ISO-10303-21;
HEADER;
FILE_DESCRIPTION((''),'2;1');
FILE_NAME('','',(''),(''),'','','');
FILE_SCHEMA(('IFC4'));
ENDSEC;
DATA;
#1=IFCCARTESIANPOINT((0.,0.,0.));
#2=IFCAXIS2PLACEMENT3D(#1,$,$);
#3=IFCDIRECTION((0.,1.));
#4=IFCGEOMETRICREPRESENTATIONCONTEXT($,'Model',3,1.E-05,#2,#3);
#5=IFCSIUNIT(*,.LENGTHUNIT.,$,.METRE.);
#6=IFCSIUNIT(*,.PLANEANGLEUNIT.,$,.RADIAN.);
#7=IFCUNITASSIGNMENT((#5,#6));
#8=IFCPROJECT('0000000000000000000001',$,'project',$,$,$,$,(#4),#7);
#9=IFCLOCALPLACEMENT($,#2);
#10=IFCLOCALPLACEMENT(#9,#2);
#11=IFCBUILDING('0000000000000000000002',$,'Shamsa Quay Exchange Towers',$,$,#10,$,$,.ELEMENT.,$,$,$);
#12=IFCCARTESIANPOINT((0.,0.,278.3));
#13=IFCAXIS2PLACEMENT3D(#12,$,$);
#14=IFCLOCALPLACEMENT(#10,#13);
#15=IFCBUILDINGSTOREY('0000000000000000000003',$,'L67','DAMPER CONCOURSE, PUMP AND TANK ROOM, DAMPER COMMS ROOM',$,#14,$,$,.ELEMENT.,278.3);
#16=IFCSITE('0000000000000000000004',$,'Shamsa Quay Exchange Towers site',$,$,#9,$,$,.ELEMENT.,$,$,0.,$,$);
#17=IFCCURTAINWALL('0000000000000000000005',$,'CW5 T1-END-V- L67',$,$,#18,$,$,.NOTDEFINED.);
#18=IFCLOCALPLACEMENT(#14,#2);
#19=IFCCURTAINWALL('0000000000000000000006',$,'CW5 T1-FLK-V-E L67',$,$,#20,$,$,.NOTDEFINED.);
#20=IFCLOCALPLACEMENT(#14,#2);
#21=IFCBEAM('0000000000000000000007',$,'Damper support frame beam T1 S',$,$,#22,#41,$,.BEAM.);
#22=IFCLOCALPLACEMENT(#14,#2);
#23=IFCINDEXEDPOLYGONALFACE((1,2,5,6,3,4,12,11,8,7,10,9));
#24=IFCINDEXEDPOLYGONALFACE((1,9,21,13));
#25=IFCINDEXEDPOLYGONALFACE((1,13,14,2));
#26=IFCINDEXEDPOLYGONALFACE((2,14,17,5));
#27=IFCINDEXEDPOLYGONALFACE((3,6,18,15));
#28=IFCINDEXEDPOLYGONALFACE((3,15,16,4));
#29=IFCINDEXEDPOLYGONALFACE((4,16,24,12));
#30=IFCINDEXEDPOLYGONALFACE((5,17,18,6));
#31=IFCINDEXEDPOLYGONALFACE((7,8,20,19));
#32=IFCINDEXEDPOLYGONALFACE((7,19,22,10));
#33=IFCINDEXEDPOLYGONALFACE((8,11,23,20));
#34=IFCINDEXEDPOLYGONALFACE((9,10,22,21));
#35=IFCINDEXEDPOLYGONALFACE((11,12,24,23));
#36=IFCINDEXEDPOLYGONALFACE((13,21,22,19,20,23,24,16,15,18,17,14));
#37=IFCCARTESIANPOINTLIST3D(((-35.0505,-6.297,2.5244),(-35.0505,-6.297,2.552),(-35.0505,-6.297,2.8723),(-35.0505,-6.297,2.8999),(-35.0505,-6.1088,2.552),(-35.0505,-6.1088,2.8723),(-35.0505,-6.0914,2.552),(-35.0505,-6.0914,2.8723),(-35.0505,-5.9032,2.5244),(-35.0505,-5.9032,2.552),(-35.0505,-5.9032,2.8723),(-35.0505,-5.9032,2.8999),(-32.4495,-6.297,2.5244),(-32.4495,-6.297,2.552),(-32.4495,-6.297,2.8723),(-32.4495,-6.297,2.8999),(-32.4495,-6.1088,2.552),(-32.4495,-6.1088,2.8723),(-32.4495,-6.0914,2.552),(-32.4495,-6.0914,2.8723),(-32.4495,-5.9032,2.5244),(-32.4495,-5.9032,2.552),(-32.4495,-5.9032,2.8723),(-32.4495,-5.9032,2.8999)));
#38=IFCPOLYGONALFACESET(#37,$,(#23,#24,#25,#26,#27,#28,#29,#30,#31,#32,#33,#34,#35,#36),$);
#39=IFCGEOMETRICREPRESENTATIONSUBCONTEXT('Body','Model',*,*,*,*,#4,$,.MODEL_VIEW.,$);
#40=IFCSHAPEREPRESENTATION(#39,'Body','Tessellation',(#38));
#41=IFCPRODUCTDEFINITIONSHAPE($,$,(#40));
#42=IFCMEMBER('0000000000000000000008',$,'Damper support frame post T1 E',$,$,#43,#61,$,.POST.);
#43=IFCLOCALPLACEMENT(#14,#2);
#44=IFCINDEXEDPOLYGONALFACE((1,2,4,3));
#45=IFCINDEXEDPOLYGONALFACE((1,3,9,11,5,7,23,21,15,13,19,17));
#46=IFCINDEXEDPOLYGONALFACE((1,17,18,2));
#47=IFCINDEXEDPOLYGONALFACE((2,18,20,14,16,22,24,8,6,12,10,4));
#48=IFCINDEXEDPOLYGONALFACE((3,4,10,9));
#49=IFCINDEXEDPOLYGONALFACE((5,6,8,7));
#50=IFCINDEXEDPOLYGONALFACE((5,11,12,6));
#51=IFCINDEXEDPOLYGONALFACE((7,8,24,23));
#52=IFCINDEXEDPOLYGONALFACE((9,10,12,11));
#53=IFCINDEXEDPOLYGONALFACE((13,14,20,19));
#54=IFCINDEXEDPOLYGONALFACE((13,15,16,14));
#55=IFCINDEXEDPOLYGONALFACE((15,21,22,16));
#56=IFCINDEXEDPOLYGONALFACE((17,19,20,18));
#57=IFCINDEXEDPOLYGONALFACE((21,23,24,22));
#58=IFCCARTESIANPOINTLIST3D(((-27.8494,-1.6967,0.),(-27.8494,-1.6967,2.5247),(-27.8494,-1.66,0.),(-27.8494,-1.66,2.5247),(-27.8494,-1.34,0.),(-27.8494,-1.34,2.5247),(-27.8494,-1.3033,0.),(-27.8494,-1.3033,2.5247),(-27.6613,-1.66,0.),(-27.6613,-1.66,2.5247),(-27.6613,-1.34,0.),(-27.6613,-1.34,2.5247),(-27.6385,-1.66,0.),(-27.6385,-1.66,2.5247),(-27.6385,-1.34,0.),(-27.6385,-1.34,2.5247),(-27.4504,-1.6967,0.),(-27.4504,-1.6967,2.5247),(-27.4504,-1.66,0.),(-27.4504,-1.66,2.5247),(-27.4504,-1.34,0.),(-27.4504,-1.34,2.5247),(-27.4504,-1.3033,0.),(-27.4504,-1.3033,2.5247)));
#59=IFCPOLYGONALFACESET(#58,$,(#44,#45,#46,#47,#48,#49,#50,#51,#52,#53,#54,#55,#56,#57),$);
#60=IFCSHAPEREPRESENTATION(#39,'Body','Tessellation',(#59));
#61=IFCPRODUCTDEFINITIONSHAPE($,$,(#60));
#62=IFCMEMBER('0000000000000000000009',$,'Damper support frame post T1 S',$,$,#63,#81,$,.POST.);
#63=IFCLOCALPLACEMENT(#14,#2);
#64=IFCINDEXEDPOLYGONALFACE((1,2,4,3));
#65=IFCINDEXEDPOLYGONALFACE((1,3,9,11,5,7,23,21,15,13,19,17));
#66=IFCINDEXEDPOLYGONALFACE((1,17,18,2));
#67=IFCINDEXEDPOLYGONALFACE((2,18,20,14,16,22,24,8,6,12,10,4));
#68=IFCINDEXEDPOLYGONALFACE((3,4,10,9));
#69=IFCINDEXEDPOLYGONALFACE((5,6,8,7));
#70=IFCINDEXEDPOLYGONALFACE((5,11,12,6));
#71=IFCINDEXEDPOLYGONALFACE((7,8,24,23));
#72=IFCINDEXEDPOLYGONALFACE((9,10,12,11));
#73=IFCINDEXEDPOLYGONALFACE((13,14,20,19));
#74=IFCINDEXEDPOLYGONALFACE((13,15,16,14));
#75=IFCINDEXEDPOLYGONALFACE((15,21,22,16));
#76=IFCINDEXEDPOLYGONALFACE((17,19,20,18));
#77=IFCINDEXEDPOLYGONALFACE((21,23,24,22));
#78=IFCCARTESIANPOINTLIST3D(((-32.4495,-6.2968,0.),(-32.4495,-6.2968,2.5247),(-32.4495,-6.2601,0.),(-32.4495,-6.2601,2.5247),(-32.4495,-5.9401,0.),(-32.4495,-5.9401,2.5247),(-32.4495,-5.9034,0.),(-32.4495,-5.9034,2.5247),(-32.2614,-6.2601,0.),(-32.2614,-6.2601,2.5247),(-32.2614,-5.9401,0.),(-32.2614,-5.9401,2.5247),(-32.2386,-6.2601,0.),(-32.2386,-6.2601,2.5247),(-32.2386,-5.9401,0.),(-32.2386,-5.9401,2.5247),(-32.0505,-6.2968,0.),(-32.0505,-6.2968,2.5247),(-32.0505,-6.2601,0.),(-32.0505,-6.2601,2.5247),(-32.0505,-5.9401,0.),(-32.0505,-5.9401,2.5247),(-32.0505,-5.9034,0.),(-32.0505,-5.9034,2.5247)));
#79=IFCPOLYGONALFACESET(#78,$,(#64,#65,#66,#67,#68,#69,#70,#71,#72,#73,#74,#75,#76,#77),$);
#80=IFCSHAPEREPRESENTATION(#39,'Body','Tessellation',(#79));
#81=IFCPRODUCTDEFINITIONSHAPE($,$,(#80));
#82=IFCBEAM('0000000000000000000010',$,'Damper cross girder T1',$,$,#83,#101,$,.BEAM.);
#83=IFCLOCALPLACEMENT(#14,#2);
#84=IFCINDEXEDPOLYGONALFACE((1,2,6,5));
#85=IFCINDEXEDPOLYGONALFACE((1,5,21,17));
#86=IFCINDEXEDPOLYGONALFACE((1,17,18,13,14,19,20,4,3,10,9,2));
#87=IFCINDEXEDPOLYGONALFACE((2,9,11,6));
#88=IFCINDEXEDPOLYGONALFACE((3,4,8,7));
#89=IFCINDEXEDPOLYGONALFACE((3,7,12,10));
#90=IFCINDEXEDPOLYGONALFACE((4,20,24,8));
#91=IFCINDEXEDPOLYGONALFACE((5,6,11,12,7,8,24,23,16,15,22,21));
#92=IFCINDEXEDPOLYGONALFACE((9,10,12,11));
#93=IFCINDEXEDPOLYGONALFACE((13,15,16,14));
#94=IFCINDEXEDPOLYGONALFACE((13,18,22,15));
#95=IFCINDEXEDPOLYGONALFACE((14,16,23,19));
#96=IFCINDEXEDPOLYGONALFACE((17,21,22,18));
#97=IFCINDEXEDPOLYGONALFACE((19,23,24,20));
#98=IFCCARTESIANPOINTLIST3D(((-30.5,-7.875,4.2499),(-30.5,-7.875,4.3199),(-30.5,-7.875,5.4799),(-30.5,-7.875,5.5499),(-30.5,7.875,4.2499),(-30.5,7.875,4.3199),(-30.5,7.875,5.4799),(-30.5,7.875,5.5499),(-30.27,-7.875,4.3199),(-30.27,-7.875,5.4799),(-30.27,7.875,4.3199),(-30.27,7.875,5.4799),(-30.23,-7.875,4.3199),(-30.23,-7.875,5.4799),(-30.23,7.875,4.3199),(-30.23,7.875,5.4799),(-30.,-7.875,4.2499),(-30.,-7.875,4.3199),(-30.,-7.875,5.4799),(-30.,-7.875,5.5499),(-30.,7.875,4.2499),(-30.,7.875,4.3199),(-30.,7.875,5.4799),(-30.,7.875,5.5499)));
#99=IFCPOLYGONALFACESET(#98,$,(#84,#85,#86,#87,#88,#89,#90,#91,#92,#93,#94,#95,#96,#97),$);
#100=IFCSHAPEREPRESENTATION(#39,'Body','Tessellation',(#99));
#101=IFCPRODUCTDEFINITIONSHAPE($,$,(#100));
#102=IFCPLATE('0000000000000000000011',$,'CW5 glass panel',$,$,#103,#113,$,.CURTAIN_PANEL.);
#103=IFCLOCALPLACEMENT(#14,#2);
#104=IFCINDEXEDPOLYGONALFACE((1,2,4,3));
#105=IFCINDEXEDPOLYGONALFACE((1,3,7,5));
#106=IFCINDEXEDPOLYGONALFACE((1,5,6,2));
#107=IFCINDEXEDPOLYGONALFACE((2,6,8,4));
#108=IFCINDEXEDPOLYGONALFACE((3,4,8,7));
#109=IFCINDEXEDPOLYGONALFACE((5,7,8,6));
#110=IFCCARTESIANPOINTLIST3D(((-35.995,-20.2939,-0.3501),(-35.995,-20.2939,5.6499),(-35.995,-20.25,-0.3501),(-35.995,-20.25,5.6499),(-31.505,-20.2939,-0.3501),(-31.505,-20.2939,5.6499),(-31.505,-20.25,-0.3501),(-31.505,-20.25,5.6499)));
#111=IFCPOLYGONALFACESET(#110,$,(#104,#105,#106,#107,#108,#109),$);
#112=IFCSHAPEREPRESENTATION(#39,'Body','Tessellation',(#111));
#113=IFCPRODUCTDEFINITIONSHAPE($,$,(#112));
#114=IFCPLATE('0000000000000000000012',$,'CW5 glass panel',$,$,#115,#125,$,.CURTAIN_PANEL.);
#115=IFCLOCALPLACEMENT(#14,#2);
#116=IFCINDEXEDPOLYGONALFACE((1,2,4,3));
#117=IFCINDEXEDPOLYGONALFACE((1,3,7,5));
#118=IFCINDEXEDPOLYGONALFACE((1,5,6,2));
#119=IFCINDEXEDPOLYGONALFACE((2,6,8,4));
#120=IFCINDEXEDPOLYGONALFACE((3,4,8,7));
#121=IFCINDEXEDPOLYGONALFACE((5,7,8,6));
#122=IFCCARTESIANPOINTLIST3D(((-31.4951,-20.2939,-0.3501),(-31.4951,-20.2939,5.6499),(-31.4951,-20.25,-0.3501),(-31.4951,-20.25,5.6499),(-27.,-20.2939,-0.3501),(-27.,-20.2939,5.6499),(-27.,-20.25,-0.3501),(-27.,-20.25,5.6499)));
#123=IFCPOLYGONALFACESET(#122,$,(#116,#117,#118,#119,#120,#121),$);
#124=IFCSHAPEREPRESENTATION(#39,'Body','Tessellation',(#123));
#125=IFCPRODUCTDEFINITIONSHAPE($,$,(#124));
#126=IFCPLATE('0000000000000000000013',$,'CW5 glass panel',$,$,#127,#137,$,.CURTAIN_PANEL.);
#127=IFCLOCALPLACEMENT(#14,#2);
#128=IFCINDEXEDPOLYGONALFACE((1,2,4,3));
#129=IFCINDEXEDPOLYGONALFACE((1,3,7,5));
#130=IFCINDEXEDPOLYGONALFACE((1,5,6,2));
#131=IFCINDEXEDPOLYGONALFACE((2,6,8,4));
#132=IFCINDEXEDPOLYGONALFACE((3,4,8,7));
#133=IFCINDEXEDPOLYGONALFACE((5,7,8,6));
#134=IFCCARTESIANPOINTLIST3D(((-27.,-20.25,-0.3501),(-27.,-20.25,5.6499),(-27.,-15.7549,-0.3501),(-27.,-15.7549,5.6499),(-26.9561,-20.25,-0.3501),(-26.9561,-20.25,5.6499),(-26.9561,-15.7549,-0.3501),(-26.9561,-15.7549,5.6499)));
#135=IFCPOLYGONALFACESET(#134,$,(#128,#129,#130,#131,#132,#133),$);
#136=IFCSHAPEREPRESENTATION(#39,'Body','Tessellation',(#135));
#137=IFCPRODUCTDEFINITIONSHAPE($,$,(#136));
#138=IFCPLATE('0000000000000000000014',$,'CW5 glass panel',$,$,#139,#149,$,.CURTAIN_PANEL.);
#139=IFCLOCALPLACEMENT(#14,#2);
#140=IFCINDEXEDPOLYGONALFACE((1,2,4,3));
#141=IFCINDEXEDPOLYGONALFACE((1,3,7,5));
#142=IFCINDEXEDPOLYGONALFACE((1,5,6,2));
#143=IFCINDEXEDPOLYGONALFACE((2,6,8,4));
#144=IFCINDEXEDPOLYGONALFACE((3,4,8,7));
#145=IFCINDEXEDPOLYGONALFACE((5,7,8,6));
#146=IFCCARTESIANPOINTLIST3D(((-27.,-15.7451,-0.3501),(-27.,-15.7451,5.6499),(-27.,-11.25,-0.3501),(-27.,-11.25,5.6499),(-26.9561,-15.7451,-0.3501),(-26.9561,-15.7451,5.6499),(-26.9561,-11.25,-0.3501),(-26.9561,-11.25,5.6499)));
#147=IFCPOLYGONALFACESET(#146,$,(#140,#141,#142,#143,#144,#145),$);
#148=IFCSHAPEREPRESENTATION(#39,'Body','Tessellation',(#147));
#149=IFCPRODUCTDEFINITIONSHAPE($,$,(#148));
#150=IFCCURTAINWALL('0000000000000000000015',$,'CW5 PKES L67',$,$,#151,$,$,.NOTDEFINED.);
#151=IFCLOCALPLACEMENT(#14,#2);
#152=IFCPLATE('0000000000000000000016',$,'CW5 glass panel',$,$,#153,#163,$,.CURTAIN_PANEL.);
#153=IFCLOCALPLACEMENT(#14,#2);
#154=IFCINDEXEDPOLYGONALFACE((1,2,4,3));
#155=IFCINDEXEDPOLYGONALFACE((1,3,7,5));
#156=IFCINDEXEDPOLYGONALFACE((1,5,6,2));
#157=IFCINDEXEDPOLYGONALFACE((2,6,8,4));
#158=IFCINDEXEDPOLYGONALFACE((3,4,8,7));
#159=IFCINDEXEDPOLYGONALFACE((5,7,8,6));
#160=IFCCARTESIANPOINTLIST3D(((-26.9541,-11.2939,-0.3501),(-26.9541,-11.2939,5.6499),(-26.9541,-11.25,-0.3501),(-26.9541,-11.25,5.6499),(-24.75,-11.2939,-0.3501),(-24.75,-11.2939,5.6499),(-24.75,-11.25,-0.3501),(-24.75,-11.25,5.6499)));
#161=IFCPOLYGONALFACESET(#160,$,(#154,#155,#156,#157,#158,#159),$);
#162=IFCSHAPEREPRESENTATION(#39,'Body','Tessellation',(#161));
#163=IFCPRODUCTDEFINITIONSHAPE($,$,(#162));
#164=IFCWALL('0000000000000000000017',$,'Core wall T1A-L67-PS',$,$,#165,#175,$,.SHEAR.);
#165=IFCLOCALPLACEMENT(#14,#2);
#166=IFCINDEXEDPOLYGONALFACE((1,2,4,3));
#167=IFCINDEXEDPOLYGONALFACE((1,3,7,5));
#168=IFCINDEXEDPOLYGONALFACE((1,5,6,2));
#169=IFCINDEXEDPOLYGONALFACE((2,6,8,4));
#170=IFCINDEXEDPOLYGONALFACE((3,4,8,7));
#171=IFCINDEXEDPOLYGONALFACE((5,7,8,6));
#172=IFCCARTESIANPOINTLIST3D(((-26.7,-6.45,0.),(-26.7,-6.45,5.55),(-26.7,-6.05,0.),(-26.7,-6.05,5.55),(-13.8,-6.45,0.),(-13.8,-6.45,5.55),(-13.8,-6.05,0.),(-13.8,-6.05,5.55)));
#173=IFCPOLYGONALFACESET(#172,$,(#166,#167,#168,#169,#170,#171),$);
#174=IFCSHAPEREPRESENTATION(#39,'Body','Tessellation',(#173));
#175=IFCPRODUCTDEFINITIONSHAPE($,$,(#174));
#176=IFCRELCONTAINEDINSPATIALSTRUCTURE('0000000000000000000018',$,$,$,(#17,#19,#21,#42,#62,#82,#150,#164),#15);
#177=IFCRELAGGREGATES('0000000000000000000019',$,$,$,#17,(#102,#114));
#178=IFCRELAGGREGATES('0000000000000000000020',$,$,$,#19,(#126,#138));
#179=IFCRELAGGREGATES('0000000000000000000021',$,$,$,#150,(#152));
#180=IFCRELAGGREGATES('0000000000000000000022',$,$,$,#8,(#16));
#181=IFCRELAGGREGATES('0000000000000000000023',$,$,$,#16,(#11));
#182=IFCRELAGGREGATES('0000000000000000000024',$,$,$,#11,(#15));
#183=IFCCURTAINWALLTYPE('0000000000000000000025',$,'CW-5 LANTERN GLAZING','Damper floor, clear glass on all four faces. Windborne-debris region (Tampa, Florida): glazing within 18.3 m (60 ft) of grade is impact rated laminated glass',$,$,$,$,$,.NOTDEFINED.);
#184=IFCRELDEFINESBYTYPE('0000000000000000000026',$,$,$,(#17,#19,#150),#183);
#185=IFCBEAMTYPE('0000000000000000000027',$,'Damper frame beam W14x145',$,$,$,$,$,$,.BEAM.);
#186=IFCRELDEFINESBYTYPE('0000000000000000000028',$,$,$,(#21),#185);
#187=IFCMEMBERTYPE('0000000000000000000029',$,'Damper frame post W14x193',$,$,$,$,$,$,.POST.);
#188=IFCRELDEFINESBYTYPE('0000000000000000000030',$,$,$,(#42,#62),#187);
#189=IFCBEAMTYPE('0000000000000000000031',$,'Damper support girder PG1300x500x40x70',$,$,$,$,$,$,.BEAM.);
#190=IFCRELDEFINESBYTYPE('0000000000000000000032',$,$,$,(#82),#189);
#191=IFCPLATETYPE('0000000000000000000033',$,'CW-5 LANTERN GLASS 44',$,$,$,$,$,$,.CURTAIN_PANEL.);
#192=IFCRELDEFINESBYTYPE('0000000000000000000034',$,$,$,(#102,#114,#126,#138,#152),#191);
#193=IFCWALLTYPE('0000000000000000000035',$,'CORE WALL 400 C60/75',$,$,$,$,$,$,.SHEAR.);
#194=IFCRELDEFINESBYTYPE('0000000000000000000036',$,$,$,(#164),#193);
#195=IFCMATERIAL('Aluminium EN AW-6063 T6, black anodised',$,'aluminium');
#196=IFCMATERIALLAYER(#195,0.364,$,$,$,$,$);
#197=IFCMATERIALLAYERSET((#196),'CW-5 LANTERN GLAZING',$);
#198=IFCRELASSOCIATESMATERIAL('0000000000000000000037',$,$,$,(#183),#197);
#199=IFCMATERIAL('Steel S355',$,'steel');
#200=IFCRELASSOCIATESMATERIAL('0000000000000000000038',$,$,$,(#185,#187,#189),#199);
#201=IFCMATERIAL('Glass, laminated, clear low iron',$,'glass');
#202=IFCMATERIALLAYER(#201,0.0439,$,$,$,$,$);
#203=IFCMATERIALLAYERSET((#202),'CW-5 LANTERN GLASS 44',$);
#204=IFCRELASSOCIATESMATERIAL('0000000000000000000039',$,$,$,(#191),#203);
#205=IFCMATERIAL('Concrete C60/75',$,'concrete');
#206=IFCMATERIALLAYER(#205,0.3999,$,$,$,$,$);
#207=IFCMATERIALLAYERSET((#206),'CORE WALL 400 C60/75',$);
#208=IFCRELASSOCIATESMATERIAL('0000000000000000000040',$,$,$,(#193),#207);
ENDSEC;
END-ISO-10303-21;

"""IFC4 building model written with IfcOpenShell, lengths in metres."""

from ifc_helpers import new_model, si_unit, direction, frame, frame_2d, origin, origin_2d, place, context, subcontext, project, spatial, rectangle, i_section, extrude, material, layer, layer_set, material_profile, profile_set, type_object, element, aggregate, save


model = new_model("IFC4")

# Units and contexts
model_context = context("Model", 3, precision=1e-05, world=origin(), true_north=direction((0.0, 1.0)))
body_context = subcontext(model_context, "Body", "Model", "MODEL_VIEW")
ifc_project = project(units=[si_unit("LENGTHUNIT", "METRE"), si_unit("PLANEANGLEUNIT", "RADIAN")], contexts=[model_context])

# Site, building, storey
site_placement = place(None, origin())
site = spatial("IfcSite", under=ifc_project, at=site_placement, Name="Shamsa Quay Exchange Towers site", CompositionType="ELEMENT", RefElevation=0.0)
building_placement = place(site_placement, origin())
building = spatial("IfcBuilding", under=site, at=building_placement, Name="Shamsa Quay Exchange Towers", CompositionType="ELEMENT")
storey_placement = place(building_placement, frame((0.0, 0.0, 278.3)))
storey = spatial("IfcBuildingStorey", under=building, at=storey_placement, Name="L67", Description="DAMPER CONCOURSE, PUMP AND TANK ROOM, DAMPER COMMS ROOM", CompositionType="ELEMENT", Elevation=278.3)

# Curtain walls
ifc_material_1 = material(Name="Aluminium EN AW-6063 T6, black anodised", Category="aluminium")
ifc_layer_1 = layer(ifc_material_1, 0.364)
ifc_layer_set_1 = layer_set([ifc_layer_1], Name="CW-5 LANTERN GLAZING")
curtain_wall_type = type_object("IfcCurtainWallType", Name="CW-5 LANTERN GLAZING", Description="Damper floor, clear glass on all four faces. Windborne-debris region (Tampa, Florida): glazing within 18.3 m (60 ft) of grade is impact rated laminated glass", PredefinedType="NOTDEFINED", material=ifc_layer_set_1)
curtain_wall_1_placement = place(storey_placement, origin())
curtain_wall_1 = element("IfcCurtainWall", 1, at=curtain_wall_1_placement, inside=storey, type_object=curtain_wall_type, Name="CW5 T1-END-V- L67", PredefinedType="NOTDEFINED")
curtain_wall_2_placement = place(storey_placement, origin())
curtain_wall_2 = element("IfcCurtainWall", 2, at=curtain_wall_2_placement, inside=storey, type_object=curtain_wall_type, Name="CW5 T1-FLK-V-E L67", PredefinedType="NOTDEFINED")

# Beam
ifc_material_2 = material(Name="Steel S355", Category="steel")
ifc_material_profile_1 = material_profile(ifc_material_2, i_section(OverallWidth=0.3938, OverallDepth=0.3755, WebThickness=0.0173, FlangeThickness=0.0276, at=origin_2d()), Name="W14x145")
ifc_profile_set_1 = profile_set([ifc_material_profile_1], Name="Steel S355")
beam_type_1 = type_object("IfcBeamType", Name="Damper frame beam W14x145", PredefinedType="BEAM", material=ifc_profile_set_1)
for number, where, z_axis, x_axis, name in (
    (3, (-35.0505, -6.1001, 2.7122), (1.0, 0.0, 0.0), (0.0, 1.0, 0.0), "Damper support frame beam T1 S"),
):
    element("IfcBeam", number, at=place(storey_placement, frame(where, z_axis=z_axis, x_axis=x_axis)), inside=storey, type_object=beam_type_1, Name=name, PredefinedType="BEAM", context=body_context, shape_type="SweptSolid", body=[
        extrude(i_section(OverallWidth=0.3938, OverallDepth=0.3755, WebThickness=0.0173, FlangeThickness=0.0276, at=origin_2d()), origin(), (0.0, 0.0, 1.0), 2.6011),
    ])

# Members
ifc_material_profile_2 = material_profile(ifc_material_2, i_section(OverallWidth=0.3989, OverallDepth=0.3933, WebThickness=0.0227, FlangeThickness=0.0366, at=origin_2d()), Name="W14x193")
ifc_profile_set_2 = profile_set([ifc_material_profile_2], Name="Steel S355")
member_type_1 = type_object("IfcMemberType", Name="Damper frame post W14x193", PredefinedType="POST", material=ifc_profile_set_2)
for number, where, name in (
    (4, (-27.6499, -1.5, 0.0), "Damper support frame post T1 E"),
    (5, (-32.25, -6.1001, 0.0), "Damper support frame post T1 S"),
):
    element("IfcMember", number, at=place(storey_placement, frame(where)), inside=storey, type_object=member_type_1, Name=name, PredefinedType="POST", context=body_context, shape_type="SweptSolid", body=[
        extrude(i_section(OverallWidth=0.3989, OverallDepth=0.3933, WebThickness=0.0227, FlangeThickness=0.0366, at=origin_2d()), origin(), (0.0, 0.0, 1.0), 2.5247),
    ])

# Beam
ifc_material_profile_3 = material_profile(ifc_material_2, i_section(OverallWidth=0.5, OverallDepth=1.3, WebThickness=0.04, FlangeThickness=0.0701, at=origin_2d()), Name="PG1300x500x40x70")
ifc_profile_set_3 = profile_set([ifc_material_profile_3], Name="Steel S355")
beam_type_2 = type_object("IfcBeamType", Name="Damper support girder PG1300x500x40x70", PredefinedType="BEAM", material=ifc_profile_set_3)
beam_placement = place(storey_placement, frame((-30.25, -7.875, 4.8999), z_axis=(0.0, 1.0, 0.0), x_axis=(-1.0, 0.0, 0.0)))
element("IfcBeam", 6, at=beam_placement, inside=storey, type_object=beam_type_2, Name="Damper cross girder T1", PredefinedType="BEAM", context=body_context, shape_type="SweptSolid", body=[
    extrude(i_section(OverallWidth=0.5, OverallDepth=1.3, WebThickness=0.04, FlangeThickness=0.0701, at=origin_2d()), origin(), (0.0, 0.0, 1.0), 15.75),
])

# Plates
ifc_material_3 = material(Name="Glass, laminated, clear low iron", Category="glass")
ifc_layer_2 = layer(ifc_material_3, 0.0439)
ifc_layer_set_2 = layer_set([ifc_layer_2], Name="CW-5 LANTERN GLASS 44")
plate_type = type_object("IfcPlateType", Name="CW-5 LANTERN GLASS 44", PredefinedType="CURTAIN_PANEL", material=ifc_layer_set_2)
plate_1_placement = place(storey_placement, frame((-33.75, -20.272, -0.3501)))
plate_1 = element("IfcPlate", 7, at=plate_1_placement, type_object=plate_type, Name="CW5 glass panel", PredefinedType="CURTAIN_PANEL", context=body_context, shape_type="SweptSolid", body=[
    extrude(rectangle(XDim=4.49, YDim=0.0439, at=origin_2d()), origin(), (0.0, 0.0, 1.0), 6.0),
])
plate_2_placement = place(storey_placement, frame((-29.2476, -20.272, -0.3501)))
plate_2 = element("IfcPlate", 8, at=plate_2_placement, type_object=plate_type, Name="CW5 glass panel", PredefinedType="CURTAIN_PANEL", context=body_context, shape_type="SweptSolid", body=[
    extrude(rectangle(XDim=4.4951, YDim=0.0439, at=origin_2d()), origin(), (0.0, 0.0, 1.0), 6.0),
])
aggregate(curtain_wall_1, [plate_1, plate_2])
plate_3_placement = place(storey_placement, frame((-26.978, -18.0024, -0.3501), z_axis=(0.0, 0.0, 1.0), x_axis=(0.0, 1.0, 0.0)))
plate_3 = element("IfcPlate", 9, at=plate_3_placement, type_object=plate_type, Name="CW5 glass panel", PredefinedType="CURTAIN_PANEL", context=body_context, shape_type="SweptSolid", body=[
    extrude(rectangle(XDim=4.4951, YDim=0.0439, at=origin_2d()), origin(), (0.0, 0.0, 1.0), 6.0),
])
plate_4_placement = place(storey_placement, frame((-26.978, -13.4976, -0.3501), z_axis=(0.0, 0.0, 1.0), x_axis=(0.0, 1.0, 0.0)))
plate_4 = element("IfcPlate", 10, at=plate_4_placement, type_object=plate_type, Name="CW5 glass panel", PredefinedType="CURTAIN_PANEL", context=body_context, shape_type="SweptSolid", body=[
    extrude(rectangle(XDim=4.4951, YDim=0.0439, at=origin_2d()), origin(), (0.0, 0.0, 1.0), 6.0),
])
aggregate(curtain_wall_2, [plate_3, plate_4])

# Curtain wall, plate
curtain_wall_3_placement = place(storey_placement, origin())
curtain_wall_3 = element("IfcCurtainWall", 11, at=curtain_wall_3_placement, inside=storey, type_object=curtain_wall_type, Name="CW5 PKES L67", PredefinedType="NOTDEFINED")
plate_5_placement = place(storey_placement, frame((-25.8521, -11.272, -0.3501)))
plate_5 = element("IfcPlate", 12, at=plate_5_placement, type_object=plate_type, Name="CW5 glass panel", PredefinedType="CURTAIN_PANEL", context=body_context, shape_type="SweptSolid", body=[
    extrude(rectangle(XDim=2.2041, YDim=0.0439, at=origin_2d()), origin(), (0.0, 0.0, 1.0), 6.0),
])
aggregate(curtain_wall_3, [plate_5])

# Wall
ifc_material_4 = material(Name="Concrete C60/75", Category="concrete")
ifc_layer_3 = layer(ifc_material_4, 0.3999)
ifc_layer_set_3 = layer_set([ifc_layer_3], Name="CORE WALL 400 C60/75")
wall_type_1 = type_object("IfcWallType", Name="CORE WALL 400 C60/75", PredefinedType="SHEAR", material=ifc_layer_set_3)
wall_1_placement = place(storey_placement, frame((-26.7, -6.25, 0.0)))
element("IfcWall", 13, at=wall_1_placement, inside=storey, type_object=wall_type_1, Name="Core wall T1A-L67-PS", PredefinedType="SHEAR", context=body_context, shape_type="SweptSolid", body=[
    extrude(rectangle(XDim=12.8999, YDim=0.3999, at=frame_2d((6.45, 0.0))), origin(), (0.0, 0.0, 1.0), 5.55),
])

save(model, "model.ifc")
